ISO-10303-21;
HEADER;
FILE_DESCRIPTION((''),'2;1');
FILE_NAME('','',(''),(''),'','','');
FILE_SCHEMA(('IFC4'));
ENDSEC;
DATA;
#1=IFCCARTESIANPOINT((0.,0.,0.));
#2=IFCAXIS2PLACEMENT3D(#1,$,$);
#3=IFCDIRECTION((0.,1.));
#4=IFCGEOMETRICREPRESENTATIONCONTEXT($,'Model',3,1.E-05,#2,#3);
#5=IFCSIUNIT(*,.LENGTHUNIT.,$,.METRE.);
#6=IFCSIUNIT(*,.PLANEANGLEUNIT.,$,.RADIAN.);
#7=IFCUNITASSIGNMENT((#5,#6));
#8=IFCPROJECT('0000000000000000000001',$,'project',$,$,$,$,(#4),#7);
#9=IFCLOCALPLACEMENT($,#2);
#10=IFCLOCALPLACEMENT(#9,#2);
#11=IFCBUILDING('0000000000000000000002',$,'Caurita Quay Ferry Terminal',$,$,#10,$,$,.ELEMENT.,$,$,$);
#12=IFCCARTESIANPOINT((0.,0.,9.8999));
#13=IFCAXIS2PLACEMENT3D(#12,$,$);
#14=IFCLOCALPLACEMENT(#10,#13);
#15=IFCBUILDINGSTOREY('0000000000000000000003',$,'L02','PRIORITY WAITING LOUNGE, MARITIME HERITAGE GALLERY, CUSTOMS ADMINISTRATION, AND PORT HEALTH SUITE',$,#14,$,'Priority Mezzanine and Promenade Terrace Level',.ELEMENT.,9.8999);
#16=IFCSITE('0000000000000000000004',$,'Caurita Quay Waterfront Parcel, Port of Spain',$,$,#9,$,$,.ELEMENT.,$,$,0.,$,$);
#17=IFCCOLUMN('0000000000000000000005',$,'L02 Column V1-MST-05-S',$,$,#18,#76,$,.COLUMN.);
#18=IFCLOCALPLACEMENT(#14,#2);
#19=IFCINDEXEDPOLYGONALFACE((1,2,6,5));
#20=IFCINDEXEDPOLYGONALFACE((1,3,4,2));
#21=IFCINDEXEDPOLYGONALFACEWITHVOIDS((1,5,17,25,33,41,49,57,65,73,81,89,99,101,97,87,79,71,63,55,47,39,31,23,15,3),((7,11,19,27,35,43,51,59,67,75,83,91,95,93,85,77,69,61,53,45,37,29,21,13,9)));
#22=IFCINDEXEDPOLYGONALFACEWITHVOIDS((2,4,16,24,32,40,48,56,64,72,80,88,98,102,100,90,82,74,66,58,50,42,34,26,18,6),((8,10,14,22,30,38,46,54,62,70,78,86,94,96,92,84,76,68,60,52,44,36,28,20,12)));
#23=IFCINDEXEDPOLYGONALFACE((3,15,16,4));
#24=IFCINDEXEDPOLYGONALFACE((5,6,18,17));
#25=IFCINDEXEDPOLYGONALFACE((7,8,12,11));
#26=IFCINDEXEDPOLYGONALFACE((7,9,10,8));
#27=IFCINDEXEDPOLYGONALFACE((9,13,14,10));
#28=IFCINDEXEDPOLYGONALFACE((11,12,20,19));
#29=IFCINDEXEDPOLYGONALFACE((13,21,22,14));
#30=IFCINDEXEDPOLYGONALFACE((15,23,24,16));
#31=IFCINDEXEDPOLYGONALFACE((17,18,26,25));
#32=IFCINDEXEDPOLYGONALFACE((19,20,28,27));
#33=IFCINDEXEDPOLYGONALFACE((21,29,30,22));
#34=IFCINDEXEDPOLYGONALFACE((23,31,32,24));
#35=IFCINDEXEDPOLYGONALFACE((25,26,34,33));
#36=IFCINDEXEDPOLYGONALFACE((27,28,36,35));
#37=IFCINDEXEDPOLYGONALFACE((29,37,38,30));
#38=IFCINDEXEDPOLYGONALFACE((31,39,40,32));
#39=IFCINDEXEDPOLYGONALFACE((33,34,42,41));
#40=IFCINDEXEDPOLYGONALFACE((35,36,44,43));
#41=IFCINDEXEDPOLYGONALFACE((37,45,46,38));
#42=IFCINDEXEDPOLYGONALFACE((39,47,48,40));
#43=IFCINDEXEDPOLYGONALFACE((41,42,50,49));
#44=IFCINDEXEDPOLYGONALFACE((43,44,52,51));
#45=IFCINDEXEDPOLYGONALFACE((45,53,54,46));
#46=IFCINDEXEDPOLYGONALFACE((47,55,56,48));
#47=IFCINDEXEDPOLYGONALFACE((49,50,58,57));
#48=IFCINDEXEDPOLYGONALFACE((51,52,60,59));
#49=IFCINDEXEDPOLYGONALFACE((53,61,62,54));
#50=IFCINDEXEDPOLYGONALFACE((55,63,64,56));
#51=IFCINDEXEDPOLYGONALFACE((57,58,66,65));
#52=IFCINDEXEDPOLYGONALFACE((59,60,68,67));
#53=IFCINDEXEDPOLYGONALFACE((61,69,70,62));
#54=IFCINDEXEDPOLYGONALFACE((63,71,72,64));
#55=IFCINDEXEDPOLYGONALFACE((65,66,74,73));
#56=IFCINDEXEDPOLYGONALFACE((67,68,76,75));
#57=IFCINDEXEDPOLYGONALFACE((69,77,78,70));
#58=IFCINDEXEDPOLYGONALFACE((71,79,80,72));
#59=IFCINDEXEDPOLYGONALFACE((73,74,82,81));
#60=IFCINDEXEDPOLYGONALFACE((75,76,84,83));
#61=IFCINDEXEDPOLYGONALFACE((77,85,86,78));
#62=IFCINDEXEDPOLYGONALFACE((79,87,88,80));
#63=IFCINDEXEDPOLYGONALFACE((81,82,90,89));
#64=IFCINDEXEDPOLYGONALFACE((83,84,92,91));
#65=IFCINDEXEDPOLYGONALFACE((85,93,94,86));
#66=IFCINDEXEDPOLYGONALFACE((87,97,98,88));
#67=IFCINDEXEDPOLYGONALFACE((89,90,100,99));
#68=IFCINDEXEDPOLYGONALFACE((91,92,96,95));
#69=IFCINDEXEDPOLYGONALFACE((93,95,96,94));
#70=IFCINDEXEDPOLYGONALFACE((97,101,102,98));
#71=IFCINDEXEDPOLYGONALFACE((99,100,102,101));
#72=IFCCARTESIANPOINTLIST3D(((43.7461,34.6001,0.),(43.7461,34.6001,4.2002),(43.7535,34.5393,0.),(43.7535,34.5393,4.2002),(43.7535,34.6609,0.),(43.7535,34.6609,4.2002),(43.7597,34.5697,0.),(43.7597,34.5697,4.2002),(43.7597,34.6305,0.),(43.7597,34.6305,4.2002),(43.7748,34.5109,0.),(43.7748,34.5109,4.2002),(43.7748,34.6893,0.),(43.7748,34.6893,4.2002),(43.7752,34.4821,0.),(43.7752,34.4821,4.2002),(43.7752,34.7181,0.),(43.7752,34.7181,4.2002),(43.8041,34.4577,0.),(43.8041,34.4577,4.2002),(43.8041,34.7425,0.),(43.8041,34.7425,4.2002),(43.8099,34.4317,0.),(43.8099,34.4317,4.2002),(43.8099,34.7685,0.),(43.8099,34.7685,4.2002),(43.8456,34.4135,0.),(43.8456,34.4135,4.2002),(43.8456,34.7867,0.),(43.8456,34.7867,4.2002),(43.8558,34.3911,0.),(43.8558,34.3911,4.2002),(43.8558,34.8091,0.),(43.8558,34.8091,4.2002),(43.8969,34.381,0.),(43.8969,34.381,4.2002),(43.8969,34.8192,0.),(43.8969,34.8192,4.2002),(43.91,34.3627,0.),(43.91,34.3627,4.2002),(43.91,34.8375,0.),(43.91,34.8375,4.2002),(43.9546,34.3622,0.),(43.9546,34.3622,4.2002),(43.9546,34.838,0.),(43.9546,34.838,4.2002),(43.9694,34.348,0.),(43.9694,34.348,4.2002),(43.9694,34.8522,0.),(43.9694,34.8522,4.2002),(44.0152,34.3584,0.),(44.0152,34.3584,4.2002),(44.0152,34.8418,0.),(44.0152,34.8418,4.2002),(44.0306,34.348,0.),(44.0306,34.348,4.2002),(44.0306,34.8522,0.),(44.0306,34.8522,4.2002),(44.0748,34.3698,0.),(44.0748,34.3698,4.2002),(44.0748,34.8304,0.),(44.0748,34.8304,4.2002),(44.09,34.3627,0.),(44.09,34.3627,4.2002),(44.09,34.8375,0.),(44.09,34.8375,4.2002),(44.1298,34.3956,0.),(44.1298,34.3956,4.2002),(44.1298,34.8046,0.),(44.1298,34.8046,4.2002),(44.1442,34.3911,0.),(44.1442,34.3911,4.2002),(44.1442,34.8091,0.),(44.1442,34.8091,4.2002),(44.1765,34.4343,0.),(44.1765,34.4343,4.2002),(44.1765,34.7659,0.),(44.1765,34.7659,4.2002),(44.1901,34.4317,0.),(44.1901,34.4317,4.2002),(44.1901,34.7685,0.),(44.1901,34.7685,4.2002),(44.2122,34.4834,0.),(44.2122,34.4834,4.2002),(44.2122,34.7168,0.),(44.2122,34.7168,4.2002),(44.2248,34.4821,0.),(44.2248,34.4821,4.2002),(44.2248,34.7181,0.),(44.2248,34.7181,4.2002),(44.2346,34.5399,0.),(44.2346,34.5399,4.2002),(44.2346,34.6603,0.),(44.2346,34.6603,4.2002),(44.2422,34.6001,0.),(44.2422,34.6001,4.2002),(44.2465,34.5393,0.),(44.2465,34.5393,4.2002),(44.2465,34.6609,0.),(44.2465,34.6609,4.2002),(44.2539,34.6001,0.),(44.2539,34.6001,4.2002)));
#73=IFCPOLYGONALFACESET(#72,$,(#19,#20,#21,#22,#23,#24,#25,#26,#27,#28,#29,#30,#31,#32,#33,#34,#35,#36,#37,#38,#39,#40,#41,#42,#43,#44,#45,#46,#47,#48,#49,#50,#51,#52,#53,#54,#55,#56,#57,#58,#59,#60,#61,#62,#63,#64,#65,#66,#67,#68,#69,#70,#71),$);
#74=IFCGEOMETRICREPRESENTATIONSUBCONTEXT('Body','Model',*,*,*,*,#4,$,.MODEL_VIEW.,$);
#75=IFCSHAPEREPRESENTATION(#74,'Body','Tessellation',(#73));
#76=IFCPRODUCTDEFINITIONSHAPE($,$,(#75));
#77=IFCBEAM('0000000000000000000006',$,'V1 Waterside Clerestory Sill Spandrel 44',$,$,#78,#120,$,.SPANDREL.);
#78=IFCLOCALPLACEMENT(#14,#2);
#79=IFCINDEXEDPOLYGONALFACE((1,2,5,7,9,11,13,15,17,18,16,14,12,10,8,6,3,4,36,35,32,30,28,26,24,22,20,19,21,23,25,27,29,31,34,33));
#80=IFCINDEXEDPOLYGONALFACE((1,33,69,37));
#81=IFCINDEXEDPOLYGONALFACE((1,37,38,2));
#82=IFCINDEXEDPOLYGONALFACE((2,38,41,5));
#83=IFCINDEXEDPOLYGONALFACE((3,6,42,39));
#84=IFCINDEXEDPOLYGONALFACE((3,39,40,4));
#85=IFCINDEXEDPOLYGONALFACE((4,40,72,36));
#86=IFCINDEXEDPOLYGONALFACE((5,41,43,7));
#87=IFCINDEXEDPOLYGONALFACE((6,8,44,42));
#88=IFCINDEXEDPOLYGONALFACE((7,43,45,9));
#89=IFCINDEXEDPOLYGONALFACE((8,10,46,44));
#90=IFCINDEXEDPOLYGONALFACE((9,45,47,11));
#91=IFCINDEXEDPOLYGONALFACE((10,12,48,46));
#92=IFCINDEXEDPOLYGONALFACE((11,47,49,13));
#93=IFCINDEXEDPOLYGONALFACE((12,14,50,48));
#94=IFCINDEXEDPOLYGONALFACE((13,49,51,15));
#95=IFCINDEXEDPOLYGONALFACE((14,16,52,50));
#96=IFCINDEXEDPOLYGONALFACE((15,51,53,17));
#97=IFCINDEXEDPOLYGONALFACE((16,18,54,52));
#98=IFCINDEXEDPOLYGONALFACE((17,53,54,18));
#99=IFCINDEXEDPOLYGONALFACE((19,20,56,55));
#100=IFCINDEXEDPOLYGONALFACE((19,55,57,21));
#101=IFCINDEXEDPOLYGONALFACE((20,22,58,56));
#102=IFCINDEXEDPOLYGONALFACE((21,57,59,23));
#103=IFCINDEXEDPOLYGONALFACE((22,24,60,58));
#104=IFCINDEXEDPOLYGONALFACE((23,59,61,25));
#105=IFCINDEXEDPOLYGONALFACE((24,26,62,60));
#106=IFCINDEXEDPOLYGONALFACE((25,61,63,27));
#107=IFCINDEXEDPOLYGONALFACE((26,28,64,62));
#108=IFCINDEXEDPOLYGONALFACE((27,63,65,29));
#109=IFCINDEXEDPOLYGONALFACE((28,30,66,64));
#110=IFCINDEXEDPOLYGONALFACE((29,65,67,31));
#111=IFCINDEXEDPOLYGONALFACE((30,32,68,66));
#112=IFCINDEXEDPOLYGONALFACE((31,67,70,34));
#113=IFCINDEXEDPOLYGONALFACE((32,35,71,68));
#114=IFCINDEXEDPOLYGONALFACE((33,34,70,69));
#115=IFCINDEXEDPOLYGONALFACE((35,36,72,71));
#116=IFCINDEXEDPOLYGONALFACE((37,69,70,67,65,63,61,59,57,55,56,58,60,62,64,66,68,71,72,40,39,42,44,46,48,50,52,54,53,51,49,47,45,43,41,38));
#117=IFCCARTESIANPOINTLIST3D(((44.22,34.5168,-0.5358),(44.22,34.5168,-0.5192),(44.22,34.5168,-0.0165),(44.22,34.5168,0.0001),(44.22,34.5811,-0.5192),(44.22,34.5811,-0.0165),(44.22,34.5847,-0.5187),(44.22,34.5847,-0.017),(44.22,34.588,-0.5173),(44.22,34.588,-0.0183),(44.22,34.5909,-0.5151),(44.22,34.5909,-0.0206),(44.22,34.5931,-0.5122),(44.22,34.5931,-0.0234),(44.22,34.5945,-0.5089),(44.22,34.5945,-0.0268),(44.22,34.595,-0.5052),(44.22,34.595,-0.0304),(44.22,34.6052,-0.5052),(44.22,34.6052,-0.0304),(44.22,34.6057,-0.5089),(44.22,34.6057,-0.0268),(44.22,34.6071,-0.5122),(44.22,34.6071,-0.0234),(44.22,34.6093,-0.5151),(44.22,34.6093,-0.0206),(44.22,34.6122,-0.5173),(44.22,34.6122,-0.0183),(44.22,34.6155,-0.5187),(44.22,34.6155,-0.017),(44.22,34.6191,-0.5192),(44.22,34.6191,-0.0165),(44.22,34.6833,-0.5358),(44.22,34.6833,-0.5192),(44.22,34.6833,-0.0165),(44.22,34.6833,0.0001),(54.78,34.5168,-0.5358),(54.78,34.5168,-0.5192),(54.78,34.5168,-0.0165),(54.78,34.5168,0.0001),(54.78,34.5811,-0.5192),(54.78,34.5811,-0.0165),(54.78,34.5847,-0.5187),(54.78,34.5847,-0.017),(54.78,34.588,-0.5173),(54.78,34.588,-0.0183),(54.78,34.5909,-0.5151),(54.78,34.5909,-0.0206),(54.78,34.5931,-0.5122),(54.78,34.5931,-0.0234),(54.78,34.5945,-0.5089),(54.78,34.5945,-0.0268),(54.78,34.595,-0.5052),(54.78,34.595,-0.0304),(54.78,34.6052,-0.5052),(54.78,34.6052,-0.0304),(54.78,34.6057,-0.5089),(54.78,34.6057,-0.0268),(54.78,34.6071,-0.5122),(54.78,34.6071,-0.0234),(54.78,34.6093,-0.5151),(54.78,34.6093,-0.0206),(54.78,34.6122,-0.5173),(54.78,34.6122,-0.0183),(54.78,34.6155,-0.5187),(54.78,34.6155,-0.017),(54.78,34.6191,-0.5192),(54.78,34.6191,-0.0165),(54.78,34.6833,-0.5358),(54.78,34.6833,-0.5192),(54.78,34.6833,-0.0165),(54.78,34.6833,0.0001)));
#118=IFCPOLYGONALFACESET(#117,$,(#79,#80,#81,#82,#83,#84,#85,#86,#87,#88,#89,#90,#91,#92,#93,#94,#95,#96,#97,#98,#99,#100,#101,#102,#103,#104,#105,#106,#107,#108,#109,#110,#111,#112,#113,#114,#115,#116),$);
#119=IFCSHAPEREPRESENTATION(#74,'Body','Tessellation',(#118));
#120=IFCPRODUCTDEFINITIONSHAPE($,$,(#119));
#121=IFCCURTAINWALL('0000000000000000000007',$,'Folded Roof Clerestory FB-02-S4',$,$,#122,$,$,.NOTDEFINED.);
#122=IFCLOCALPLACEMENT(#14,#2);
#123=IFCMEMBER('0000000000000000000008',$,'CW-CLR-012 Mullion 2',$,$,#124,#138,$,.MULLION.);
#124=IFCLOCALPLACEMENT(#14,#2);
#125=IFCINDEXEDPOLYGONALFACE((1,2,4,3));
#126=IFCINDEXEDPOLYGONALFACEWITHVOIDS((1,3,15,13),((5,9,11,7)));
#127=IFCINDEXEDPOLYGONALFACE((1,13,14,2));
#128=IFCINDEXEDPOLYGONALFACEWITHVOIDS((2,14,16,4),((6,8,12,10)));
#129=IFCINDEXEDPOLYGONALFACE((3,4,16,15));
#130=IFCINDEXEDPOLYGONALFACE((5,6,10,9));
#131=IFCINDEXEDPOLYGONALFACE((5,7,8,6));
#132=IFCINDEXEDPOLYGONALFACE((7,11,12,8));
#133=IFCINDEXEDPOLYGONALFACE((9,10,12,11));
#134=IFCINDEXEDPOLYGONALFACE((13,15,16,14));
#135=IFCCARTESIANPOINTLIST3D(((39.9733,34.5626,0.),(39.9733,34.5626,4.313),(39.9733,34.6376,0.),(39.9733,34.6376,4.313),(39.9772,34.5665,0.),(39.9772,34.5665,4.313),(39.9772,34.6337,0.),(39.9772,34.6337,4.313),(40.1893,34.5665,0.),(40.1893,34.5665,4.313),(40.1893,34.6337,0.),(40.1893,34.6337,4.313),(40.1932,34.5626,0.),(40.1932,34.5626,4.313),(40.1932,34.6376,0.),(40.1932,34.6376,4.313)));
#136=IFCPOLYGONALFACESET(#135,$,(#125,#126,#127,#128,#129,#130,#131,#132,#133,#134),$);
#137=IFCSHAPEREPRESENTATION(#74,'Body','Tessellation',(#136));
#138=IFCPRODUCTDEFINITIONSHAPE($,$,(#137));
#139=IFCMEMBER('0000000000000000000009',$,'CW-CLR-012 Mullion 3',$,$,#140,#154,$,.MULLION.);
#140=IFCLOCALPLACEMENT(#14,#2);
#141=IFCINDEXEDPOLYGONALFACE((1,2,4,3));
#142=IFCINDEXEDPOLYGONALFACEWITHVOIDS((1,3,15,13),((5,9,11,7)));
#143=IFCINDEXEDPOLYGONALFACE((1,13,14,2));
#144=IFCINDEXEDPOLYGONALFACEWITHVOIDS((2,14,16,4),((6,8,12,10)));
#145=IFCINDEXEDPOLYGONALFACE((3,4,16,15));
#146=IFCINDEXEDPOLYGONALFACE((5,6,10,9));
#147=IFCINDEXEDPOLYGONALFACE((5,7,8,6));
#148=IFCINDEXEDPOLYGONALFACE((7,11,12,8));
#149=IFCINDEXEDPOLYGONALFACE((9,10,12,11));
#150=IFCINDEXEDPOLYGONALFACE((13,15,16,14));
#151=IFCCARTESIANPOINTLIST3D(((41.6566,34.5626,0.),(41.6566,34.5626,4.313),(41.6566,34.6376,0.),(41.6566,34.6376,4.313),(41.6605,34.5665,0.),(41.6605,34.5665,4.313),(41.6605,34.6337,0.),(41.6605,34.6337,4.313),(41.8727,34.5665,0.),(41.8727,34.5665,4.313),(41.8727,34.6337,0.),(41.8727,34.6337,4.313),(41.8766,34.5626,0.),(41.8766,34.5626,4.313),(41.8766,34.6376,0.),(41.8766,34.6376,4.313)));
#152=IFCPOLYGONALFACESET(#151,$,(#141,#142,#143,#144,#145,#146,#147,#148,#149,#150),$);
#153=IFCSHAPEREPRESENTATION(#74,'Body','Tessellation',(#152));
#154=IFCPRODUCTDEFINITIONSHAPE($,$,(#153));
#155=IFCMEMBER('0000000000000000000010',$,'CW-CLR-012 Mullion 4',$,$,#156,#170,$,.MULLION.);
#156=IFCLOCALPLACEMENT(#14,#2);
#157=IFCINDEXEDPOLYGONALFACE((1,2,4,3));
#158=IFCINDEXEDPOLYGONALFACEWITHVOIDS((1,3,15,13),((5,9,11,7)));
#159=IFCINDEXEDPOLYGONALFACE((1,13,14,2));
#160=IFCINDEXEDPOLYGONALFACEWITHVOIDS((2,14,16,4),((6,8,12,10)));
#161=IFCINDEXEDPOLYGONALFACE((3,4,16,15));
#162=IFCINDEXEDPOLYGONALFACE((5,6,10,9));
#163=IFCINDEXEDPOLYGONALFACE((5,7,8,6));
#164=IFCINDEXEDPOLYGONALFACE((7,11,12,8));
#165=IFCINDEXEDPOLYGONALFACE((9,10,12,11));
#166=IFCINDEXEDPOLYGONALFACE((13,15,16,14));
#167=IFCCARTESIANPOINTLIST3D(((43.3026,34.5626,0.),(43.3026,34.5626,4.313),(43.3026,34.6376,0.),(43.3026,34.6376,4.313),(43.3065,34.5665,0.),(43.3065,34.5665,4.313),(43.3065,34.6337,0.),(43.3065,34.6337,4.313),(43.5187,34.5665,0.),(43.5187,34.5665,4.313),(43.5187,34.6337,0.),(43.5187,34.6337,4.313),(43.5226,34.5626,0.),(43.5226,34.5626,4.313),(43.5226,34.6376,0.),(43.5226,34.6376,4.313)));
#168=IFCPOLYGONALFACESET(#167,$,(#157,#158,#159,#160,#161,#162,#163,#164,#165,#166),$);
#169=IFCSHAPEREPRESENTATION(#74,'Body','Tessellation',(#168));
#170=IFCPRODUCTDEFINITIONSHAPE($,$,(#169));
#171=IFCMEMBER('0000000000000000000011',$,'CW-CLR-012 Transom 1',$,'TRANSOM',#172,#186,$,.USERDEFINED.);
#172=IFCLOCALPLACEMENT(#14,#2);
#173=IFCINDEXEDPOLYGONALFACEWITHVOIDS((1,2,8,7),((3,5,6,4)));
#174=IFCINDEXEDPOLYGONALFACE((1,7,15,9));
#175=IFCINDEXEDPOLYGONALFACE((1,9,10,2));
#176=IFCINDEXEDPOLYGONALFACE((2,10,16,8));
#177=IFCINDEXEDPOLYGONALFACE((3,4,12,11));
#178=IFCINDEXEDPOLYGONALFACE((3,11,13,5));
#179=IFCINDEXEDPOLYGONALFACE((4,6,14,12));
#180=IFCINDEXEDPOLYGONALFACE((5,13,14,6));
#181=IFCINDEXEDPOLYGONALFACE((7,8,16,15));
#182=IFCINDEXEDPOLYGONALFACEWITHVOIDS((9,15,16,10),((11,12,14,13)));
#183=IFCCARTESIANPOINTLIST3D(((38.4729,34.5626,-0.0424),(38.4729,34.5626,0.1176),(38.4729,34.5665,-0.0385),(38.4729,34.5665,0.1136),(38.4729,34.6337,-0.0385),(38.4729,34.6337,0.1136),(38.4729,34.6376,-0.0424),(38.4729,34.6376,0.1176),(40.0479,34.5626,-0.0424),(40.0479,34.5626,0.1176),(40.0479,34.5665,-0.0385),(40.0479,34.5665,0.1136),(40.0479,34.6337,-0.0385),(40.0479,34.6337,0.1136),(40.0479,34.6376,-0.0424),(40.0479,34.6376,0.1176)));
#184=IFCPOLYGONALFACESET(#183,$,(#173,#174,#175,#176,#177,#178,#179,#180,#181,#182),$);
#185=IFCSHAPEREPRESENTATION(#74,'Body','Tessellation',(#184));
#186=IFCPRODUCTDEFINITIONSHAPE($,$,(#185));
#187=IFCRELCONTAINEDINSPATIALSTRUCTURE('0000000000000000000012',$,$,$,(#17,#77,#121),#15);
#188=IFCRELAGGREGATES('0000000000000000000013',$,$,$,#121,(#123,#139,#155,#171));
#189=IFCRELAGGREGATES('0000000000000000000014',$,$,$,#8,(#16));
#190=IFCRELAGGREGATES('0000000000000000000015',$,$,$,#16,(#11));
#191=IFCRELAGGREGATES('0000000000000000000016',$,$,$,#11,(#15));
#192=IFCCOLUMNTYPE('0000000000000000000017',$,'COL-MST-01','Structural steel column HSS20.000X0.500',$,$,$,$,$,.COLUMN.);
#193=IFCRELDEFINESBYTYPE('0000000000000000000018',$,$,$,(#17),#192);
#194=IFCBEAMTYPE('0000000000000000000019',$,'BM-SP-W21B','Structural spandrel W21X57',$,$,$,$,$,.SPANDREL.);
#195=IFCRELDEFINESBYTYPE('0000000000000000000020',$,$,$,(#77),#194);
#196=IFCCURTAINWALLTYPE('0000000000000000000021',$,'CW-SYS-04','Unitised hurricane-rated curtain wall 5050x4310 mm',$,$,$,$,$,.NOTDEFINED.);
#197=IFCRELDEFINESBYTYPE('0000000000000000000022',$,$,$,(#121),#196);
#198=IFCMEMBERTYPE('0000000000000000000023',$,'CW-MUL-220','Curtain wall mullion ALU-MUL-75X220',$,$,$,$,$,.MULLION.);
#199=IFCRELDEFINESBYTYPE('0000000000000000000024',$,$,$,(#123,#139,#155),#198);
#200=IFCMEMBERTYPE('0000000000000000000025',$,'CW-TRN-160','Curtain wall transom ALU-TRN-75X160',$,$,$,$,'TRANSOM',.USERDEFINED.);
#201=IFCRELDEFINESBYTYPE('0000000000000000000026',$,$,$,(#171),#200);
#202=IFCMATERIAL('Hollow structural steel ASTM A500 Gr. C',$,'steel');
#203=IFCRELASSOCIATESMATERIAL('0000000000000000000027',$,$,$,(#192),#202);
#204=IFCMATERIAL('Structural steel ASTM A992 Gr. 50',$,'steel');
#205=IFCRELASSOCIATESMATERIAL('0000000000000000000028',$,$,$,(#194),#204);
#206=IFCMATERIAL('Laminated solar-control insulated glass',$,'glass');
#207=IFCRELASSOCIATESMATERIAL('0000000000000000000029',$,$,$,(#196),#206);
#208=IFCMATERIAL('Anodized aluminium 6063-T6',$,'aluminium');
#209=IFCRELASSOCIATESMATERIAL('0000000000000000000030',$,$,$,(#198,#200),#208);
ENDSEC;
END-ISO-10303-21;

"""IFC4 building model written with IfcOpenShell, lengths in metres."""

from ifc_helpers import new_model, si_unit, direction, frame, origin, origin_2d, place, context, subcontext, project, spatial, hollow_rectangle, hollow_circle, i_section, extrude, material, material_profile, profile_set, type_object, element, aggregate, save


model = new_model("IFC4")

# Units and contexts
model_context = context("Model", 3, precision=1e-05, world=origin(), true_north=direction((0.0, 1.0)))
body_context = subcontext(model_context, "Body", "Model", "MODEL_VIEW")
ifc_project = project(units=[si_unit("LENGTHUNIT", "METRE"), si_unit("PLANEANGLEUNIT", "RADIAN")], contexts=[model_context])

# Site, building, storey
site_placement = place(None, origin())
site = spatial("IfcSite", under=ifc_project, at=site_placement, Name="Caurita Quay Waterfront Parcel, Port of Spain", CompositionType="ELEMENT", RefElevation=0.0)
building_placement = place(site_placement, origin())
building = spatial("IfcBuilding", under=site, at=building_placement, Name="Caurita Quay Ferry Terminal", CompositionType="ELEMENT")
storey_placement = place(building_placement, frame((0.0, 0.0, 9.8999)))
storey = spatial("IfcBuildingStorey", under=building, at=storey_placement, Name="L02", Description="PRIORITY WAITING LOUNGE, MARITIME HERITAGE GALLERY, CUSTOMS ADMINISTRATION, AND PORT HEALTH SUITE", LongName="Priority Mezzanine and Promenade Terrace Level", CompositionType="ELEMENT", Elevation=9.8999)

# Column
ifc_material_1 = material(Name="Hollow structural steel ASTM A500 Gr. C", Category="steel")
ifc_material_profile_1 = material_profile(ifc_material_1, hollow_circle(Radius=0.2539, WallThickness=0.0117, at=origin_2d()), Name="HSS20.000X0.500")
ifc_profile_set_1 = profile_set([ifc_material_profile_1], Name="Hollow structural steel ASTM A500 Gr. C")
column_type = type_object("IfcColumnType", Name="COL-MST-01", Description="Structural steel column HSS20.000X0.500", PredefinedType="COLUMN", material=ifc_profile_set_1)
column_placement = place(storey_placement, frame((44.0, 34.6001, 0.0), z_axis=(0.0, 0.0, 1.0), x_axis=(1.0, 0.0, 0.0)))
element("IfcColumn", 1, at=column_placement, inside=storey, type_object=column_type, Name="L02 Column V1-MST-05-S", PredefinedType="COLUMN", context=body_context, shape_type="SweptSolid", body=[
    extrude(hollow_circle(Radius=0.2539, WallThickness=0.0117, at=origin_2d()), origin(), (0.0, 0.0, 1.0), 4.2002),
])

# Beam
ifc_material_2 = material(Name="Structural steel ASTM A992 Gr. 50", Category="steel")
ifc_material_profile_2 = material_profile(ifc_material_2, i_section(OverallWidth=0.1665, OverallDepth=0.5359, WebThickness=0.0103, FlangeThickness=0.0166, FilletRadius=0.0139, at=origin_2d()), Name="W21X57")
ifc_profile_set_2 = profile_set([ifc_material_profile_2], Name="Structural steel ASTM A992 Gr. 50")
beam_type = type_object("IfcBeamType", Name="BM-SP-W21B", Description="Structural spandrel W21X57", PredefinedType="SPANDREL", material=ifc_profile_set_2)
beam_placement = place(storey_placement, frame((44.22, 34.6001, -0.2678), z_axis=(1.0, 0.0, 0.0), x_axis=(0.0, 1.0, 0.0)))
element("IfcBeam", 2, at=beam_placement, inside=storey, type_object=beam_type, Name="V1 Waterside Clerestory Sill Spandrel 44", PredefinedType="SPANDREL", context=body_context, shape_type="SweptSolid", body=[
    extrude(i_section(OverallWidth=0.1665, OverallDepth=0.5359, WebThickness=0.0103, FlangeThickness=0.0166, FilletRadius=0.0139, at=origin_2d()), origin(), (0.0, 0.0, 1.0), 10.5601),
])

# Curtain wall, members
ifc_material_3 = material(Name="Laminated solar-control insulated glass", Category="glass")
curtain_wall_type = type_object("IfcCurtainWallType", Name="CW-SYS-04", Description="Unitised hurricane-rated curtain wall 5050x4310 mm", PredefinedType="NOTDEFINED", material=ifc_material_3)
curtain_wall_placement = place(storey_placement, origin())
curtain_wall = element("IfcCurtainWall", 3, at=curtain_wall_placement, inside=storey, type_object=curtain_wall_type, Name="Folded Roof Clerestory FB-02-S4", PredefinedType="NOTDEFINED")
ifc_material_4 = material(Name="Anodized aluminium 6063-T6", Category="aluminium")
ifc_material_profile_3 = material_profile(ifc_material_4, hollow_rectangle(XDim=0.075, YDim=0.22, WallThickness=0.0039, at=origin_2d()), Name="ALU-MUL-75X220")
ifc_profile_set_3 = profile_set([ifc_material_profile_3], Name="Anodized aluminium 6063-T6")
member_type_1 = type_object("IfcMemberType", Name="CW-MUL-220", Description="Curtain wall mullion ALU-MUL-75X220", PredefinedType="MULLION", material=ifc_profile_set_3)
member_1_placement = place(storey_placement, frame((40.0833, 34.6001, 0.0), z_axis=(0.0, 0.0, 1.0), x_axis=(0.0, 1.0, 0.0)))
member_1 = element("IfcMember", 4, at=member_1_placement, type_object=member_type_1, Name="CW-CLR-012 Mullion 2", PredefinedType="MULLION", context=body_context, shape_type="SweptSolid", body=[
    extrude(hollow_rectangle(XDim=0.075, YDim=0.22, WallThickness=0.0039, at=origin_2d()), origin(), (0.0, 0.0, 1.0), 4.313),
])
member_2_placement = place(storey_placement, frame((41.7666, 34.6001, 0.0), z_axis=(0.0, 0.0, 1.0), x_axis=(0.0, 1.0, 0.0)))
member_2 = element("IfcMember", 5, at=member_2_placement, type_object=member_type_1, Name="CW-CLR-012 Mullion 3", PredefinedType="MULLION", context=body_context, shape_type="SweptSolid", body=[
    extrude(hollow_rectangle(XDim=0.075, YDim=0.22, WallThickness=0.0039, at=origin_2d()), origin(), (0.0, 0.0, 1.0), 4.313),
])
member_3_placement = place(storey_placement, frame((43.4126, 34.6001, 0.0), z_axis=(0.0, 0.0, 1.0), x_axis=(0.0, 1.0, 0.0)))
member_3 = element("IfcMember", 6, at=member_3_placement, type_object=member_type_1, Name="CW-CLR-012 Mullion 4", PredefinedType="MULLION", context=body_context, shape_type="SweptSolid", body=[
    extrude(hollow_rectangle(XDim=0.075, YDim=0.22, WallThickness=0.0039, at=origin_2d()), origin(), (0.0, 0.0, 1.0), 4.313),
])
ifc_material_profile_4 = material_profile(ifc_material_4, hollow_rectangle(XDim=0.075, YDim=0.1599, WallThickness=0.0039, at=origin_2d()), Name="ALU-TRN-75X160")
ifc_profile_set_4 = profile_set([ifc_material_profile_4], Name="Anodized aluminium 6063-T6")
member_type_2 = type_object("IfcMemberType", Name="CW-TRN-160", Description="Curtain wall transom ALU-TRN-75X160", ElementType="TRANSOM", PredefinedType="USERDEFINED", material=ifc_profile_set_4)
member_4_placement = place(storey_placement, frame((38.4729, 34.6001, 0.0376), z_axis=(1.0, 0.0, 0.0), x_axis=(0.0, 1.0, 0.0)))
member_4 = element("IfcMember", 7, at=member_4_placement, type_object=member_type_2, Name="CW-CLR-012 Transom 1", ObjectType="TRANSOM", PredefinedType="USERDEFINED", context=body_context, shape_type="SweptSolid", body=[
    extrude(hollow_rectangle(XDim=0.075, YDim=0.1599, WallThickness=0.0039, at=origin_2d()), origin(), (0.0, 0.0, 1.0), 1.575),
])
aggregate(curtain_wall, [member_1, member_2, member_3, member_4])

save(model, "model.ifc")
